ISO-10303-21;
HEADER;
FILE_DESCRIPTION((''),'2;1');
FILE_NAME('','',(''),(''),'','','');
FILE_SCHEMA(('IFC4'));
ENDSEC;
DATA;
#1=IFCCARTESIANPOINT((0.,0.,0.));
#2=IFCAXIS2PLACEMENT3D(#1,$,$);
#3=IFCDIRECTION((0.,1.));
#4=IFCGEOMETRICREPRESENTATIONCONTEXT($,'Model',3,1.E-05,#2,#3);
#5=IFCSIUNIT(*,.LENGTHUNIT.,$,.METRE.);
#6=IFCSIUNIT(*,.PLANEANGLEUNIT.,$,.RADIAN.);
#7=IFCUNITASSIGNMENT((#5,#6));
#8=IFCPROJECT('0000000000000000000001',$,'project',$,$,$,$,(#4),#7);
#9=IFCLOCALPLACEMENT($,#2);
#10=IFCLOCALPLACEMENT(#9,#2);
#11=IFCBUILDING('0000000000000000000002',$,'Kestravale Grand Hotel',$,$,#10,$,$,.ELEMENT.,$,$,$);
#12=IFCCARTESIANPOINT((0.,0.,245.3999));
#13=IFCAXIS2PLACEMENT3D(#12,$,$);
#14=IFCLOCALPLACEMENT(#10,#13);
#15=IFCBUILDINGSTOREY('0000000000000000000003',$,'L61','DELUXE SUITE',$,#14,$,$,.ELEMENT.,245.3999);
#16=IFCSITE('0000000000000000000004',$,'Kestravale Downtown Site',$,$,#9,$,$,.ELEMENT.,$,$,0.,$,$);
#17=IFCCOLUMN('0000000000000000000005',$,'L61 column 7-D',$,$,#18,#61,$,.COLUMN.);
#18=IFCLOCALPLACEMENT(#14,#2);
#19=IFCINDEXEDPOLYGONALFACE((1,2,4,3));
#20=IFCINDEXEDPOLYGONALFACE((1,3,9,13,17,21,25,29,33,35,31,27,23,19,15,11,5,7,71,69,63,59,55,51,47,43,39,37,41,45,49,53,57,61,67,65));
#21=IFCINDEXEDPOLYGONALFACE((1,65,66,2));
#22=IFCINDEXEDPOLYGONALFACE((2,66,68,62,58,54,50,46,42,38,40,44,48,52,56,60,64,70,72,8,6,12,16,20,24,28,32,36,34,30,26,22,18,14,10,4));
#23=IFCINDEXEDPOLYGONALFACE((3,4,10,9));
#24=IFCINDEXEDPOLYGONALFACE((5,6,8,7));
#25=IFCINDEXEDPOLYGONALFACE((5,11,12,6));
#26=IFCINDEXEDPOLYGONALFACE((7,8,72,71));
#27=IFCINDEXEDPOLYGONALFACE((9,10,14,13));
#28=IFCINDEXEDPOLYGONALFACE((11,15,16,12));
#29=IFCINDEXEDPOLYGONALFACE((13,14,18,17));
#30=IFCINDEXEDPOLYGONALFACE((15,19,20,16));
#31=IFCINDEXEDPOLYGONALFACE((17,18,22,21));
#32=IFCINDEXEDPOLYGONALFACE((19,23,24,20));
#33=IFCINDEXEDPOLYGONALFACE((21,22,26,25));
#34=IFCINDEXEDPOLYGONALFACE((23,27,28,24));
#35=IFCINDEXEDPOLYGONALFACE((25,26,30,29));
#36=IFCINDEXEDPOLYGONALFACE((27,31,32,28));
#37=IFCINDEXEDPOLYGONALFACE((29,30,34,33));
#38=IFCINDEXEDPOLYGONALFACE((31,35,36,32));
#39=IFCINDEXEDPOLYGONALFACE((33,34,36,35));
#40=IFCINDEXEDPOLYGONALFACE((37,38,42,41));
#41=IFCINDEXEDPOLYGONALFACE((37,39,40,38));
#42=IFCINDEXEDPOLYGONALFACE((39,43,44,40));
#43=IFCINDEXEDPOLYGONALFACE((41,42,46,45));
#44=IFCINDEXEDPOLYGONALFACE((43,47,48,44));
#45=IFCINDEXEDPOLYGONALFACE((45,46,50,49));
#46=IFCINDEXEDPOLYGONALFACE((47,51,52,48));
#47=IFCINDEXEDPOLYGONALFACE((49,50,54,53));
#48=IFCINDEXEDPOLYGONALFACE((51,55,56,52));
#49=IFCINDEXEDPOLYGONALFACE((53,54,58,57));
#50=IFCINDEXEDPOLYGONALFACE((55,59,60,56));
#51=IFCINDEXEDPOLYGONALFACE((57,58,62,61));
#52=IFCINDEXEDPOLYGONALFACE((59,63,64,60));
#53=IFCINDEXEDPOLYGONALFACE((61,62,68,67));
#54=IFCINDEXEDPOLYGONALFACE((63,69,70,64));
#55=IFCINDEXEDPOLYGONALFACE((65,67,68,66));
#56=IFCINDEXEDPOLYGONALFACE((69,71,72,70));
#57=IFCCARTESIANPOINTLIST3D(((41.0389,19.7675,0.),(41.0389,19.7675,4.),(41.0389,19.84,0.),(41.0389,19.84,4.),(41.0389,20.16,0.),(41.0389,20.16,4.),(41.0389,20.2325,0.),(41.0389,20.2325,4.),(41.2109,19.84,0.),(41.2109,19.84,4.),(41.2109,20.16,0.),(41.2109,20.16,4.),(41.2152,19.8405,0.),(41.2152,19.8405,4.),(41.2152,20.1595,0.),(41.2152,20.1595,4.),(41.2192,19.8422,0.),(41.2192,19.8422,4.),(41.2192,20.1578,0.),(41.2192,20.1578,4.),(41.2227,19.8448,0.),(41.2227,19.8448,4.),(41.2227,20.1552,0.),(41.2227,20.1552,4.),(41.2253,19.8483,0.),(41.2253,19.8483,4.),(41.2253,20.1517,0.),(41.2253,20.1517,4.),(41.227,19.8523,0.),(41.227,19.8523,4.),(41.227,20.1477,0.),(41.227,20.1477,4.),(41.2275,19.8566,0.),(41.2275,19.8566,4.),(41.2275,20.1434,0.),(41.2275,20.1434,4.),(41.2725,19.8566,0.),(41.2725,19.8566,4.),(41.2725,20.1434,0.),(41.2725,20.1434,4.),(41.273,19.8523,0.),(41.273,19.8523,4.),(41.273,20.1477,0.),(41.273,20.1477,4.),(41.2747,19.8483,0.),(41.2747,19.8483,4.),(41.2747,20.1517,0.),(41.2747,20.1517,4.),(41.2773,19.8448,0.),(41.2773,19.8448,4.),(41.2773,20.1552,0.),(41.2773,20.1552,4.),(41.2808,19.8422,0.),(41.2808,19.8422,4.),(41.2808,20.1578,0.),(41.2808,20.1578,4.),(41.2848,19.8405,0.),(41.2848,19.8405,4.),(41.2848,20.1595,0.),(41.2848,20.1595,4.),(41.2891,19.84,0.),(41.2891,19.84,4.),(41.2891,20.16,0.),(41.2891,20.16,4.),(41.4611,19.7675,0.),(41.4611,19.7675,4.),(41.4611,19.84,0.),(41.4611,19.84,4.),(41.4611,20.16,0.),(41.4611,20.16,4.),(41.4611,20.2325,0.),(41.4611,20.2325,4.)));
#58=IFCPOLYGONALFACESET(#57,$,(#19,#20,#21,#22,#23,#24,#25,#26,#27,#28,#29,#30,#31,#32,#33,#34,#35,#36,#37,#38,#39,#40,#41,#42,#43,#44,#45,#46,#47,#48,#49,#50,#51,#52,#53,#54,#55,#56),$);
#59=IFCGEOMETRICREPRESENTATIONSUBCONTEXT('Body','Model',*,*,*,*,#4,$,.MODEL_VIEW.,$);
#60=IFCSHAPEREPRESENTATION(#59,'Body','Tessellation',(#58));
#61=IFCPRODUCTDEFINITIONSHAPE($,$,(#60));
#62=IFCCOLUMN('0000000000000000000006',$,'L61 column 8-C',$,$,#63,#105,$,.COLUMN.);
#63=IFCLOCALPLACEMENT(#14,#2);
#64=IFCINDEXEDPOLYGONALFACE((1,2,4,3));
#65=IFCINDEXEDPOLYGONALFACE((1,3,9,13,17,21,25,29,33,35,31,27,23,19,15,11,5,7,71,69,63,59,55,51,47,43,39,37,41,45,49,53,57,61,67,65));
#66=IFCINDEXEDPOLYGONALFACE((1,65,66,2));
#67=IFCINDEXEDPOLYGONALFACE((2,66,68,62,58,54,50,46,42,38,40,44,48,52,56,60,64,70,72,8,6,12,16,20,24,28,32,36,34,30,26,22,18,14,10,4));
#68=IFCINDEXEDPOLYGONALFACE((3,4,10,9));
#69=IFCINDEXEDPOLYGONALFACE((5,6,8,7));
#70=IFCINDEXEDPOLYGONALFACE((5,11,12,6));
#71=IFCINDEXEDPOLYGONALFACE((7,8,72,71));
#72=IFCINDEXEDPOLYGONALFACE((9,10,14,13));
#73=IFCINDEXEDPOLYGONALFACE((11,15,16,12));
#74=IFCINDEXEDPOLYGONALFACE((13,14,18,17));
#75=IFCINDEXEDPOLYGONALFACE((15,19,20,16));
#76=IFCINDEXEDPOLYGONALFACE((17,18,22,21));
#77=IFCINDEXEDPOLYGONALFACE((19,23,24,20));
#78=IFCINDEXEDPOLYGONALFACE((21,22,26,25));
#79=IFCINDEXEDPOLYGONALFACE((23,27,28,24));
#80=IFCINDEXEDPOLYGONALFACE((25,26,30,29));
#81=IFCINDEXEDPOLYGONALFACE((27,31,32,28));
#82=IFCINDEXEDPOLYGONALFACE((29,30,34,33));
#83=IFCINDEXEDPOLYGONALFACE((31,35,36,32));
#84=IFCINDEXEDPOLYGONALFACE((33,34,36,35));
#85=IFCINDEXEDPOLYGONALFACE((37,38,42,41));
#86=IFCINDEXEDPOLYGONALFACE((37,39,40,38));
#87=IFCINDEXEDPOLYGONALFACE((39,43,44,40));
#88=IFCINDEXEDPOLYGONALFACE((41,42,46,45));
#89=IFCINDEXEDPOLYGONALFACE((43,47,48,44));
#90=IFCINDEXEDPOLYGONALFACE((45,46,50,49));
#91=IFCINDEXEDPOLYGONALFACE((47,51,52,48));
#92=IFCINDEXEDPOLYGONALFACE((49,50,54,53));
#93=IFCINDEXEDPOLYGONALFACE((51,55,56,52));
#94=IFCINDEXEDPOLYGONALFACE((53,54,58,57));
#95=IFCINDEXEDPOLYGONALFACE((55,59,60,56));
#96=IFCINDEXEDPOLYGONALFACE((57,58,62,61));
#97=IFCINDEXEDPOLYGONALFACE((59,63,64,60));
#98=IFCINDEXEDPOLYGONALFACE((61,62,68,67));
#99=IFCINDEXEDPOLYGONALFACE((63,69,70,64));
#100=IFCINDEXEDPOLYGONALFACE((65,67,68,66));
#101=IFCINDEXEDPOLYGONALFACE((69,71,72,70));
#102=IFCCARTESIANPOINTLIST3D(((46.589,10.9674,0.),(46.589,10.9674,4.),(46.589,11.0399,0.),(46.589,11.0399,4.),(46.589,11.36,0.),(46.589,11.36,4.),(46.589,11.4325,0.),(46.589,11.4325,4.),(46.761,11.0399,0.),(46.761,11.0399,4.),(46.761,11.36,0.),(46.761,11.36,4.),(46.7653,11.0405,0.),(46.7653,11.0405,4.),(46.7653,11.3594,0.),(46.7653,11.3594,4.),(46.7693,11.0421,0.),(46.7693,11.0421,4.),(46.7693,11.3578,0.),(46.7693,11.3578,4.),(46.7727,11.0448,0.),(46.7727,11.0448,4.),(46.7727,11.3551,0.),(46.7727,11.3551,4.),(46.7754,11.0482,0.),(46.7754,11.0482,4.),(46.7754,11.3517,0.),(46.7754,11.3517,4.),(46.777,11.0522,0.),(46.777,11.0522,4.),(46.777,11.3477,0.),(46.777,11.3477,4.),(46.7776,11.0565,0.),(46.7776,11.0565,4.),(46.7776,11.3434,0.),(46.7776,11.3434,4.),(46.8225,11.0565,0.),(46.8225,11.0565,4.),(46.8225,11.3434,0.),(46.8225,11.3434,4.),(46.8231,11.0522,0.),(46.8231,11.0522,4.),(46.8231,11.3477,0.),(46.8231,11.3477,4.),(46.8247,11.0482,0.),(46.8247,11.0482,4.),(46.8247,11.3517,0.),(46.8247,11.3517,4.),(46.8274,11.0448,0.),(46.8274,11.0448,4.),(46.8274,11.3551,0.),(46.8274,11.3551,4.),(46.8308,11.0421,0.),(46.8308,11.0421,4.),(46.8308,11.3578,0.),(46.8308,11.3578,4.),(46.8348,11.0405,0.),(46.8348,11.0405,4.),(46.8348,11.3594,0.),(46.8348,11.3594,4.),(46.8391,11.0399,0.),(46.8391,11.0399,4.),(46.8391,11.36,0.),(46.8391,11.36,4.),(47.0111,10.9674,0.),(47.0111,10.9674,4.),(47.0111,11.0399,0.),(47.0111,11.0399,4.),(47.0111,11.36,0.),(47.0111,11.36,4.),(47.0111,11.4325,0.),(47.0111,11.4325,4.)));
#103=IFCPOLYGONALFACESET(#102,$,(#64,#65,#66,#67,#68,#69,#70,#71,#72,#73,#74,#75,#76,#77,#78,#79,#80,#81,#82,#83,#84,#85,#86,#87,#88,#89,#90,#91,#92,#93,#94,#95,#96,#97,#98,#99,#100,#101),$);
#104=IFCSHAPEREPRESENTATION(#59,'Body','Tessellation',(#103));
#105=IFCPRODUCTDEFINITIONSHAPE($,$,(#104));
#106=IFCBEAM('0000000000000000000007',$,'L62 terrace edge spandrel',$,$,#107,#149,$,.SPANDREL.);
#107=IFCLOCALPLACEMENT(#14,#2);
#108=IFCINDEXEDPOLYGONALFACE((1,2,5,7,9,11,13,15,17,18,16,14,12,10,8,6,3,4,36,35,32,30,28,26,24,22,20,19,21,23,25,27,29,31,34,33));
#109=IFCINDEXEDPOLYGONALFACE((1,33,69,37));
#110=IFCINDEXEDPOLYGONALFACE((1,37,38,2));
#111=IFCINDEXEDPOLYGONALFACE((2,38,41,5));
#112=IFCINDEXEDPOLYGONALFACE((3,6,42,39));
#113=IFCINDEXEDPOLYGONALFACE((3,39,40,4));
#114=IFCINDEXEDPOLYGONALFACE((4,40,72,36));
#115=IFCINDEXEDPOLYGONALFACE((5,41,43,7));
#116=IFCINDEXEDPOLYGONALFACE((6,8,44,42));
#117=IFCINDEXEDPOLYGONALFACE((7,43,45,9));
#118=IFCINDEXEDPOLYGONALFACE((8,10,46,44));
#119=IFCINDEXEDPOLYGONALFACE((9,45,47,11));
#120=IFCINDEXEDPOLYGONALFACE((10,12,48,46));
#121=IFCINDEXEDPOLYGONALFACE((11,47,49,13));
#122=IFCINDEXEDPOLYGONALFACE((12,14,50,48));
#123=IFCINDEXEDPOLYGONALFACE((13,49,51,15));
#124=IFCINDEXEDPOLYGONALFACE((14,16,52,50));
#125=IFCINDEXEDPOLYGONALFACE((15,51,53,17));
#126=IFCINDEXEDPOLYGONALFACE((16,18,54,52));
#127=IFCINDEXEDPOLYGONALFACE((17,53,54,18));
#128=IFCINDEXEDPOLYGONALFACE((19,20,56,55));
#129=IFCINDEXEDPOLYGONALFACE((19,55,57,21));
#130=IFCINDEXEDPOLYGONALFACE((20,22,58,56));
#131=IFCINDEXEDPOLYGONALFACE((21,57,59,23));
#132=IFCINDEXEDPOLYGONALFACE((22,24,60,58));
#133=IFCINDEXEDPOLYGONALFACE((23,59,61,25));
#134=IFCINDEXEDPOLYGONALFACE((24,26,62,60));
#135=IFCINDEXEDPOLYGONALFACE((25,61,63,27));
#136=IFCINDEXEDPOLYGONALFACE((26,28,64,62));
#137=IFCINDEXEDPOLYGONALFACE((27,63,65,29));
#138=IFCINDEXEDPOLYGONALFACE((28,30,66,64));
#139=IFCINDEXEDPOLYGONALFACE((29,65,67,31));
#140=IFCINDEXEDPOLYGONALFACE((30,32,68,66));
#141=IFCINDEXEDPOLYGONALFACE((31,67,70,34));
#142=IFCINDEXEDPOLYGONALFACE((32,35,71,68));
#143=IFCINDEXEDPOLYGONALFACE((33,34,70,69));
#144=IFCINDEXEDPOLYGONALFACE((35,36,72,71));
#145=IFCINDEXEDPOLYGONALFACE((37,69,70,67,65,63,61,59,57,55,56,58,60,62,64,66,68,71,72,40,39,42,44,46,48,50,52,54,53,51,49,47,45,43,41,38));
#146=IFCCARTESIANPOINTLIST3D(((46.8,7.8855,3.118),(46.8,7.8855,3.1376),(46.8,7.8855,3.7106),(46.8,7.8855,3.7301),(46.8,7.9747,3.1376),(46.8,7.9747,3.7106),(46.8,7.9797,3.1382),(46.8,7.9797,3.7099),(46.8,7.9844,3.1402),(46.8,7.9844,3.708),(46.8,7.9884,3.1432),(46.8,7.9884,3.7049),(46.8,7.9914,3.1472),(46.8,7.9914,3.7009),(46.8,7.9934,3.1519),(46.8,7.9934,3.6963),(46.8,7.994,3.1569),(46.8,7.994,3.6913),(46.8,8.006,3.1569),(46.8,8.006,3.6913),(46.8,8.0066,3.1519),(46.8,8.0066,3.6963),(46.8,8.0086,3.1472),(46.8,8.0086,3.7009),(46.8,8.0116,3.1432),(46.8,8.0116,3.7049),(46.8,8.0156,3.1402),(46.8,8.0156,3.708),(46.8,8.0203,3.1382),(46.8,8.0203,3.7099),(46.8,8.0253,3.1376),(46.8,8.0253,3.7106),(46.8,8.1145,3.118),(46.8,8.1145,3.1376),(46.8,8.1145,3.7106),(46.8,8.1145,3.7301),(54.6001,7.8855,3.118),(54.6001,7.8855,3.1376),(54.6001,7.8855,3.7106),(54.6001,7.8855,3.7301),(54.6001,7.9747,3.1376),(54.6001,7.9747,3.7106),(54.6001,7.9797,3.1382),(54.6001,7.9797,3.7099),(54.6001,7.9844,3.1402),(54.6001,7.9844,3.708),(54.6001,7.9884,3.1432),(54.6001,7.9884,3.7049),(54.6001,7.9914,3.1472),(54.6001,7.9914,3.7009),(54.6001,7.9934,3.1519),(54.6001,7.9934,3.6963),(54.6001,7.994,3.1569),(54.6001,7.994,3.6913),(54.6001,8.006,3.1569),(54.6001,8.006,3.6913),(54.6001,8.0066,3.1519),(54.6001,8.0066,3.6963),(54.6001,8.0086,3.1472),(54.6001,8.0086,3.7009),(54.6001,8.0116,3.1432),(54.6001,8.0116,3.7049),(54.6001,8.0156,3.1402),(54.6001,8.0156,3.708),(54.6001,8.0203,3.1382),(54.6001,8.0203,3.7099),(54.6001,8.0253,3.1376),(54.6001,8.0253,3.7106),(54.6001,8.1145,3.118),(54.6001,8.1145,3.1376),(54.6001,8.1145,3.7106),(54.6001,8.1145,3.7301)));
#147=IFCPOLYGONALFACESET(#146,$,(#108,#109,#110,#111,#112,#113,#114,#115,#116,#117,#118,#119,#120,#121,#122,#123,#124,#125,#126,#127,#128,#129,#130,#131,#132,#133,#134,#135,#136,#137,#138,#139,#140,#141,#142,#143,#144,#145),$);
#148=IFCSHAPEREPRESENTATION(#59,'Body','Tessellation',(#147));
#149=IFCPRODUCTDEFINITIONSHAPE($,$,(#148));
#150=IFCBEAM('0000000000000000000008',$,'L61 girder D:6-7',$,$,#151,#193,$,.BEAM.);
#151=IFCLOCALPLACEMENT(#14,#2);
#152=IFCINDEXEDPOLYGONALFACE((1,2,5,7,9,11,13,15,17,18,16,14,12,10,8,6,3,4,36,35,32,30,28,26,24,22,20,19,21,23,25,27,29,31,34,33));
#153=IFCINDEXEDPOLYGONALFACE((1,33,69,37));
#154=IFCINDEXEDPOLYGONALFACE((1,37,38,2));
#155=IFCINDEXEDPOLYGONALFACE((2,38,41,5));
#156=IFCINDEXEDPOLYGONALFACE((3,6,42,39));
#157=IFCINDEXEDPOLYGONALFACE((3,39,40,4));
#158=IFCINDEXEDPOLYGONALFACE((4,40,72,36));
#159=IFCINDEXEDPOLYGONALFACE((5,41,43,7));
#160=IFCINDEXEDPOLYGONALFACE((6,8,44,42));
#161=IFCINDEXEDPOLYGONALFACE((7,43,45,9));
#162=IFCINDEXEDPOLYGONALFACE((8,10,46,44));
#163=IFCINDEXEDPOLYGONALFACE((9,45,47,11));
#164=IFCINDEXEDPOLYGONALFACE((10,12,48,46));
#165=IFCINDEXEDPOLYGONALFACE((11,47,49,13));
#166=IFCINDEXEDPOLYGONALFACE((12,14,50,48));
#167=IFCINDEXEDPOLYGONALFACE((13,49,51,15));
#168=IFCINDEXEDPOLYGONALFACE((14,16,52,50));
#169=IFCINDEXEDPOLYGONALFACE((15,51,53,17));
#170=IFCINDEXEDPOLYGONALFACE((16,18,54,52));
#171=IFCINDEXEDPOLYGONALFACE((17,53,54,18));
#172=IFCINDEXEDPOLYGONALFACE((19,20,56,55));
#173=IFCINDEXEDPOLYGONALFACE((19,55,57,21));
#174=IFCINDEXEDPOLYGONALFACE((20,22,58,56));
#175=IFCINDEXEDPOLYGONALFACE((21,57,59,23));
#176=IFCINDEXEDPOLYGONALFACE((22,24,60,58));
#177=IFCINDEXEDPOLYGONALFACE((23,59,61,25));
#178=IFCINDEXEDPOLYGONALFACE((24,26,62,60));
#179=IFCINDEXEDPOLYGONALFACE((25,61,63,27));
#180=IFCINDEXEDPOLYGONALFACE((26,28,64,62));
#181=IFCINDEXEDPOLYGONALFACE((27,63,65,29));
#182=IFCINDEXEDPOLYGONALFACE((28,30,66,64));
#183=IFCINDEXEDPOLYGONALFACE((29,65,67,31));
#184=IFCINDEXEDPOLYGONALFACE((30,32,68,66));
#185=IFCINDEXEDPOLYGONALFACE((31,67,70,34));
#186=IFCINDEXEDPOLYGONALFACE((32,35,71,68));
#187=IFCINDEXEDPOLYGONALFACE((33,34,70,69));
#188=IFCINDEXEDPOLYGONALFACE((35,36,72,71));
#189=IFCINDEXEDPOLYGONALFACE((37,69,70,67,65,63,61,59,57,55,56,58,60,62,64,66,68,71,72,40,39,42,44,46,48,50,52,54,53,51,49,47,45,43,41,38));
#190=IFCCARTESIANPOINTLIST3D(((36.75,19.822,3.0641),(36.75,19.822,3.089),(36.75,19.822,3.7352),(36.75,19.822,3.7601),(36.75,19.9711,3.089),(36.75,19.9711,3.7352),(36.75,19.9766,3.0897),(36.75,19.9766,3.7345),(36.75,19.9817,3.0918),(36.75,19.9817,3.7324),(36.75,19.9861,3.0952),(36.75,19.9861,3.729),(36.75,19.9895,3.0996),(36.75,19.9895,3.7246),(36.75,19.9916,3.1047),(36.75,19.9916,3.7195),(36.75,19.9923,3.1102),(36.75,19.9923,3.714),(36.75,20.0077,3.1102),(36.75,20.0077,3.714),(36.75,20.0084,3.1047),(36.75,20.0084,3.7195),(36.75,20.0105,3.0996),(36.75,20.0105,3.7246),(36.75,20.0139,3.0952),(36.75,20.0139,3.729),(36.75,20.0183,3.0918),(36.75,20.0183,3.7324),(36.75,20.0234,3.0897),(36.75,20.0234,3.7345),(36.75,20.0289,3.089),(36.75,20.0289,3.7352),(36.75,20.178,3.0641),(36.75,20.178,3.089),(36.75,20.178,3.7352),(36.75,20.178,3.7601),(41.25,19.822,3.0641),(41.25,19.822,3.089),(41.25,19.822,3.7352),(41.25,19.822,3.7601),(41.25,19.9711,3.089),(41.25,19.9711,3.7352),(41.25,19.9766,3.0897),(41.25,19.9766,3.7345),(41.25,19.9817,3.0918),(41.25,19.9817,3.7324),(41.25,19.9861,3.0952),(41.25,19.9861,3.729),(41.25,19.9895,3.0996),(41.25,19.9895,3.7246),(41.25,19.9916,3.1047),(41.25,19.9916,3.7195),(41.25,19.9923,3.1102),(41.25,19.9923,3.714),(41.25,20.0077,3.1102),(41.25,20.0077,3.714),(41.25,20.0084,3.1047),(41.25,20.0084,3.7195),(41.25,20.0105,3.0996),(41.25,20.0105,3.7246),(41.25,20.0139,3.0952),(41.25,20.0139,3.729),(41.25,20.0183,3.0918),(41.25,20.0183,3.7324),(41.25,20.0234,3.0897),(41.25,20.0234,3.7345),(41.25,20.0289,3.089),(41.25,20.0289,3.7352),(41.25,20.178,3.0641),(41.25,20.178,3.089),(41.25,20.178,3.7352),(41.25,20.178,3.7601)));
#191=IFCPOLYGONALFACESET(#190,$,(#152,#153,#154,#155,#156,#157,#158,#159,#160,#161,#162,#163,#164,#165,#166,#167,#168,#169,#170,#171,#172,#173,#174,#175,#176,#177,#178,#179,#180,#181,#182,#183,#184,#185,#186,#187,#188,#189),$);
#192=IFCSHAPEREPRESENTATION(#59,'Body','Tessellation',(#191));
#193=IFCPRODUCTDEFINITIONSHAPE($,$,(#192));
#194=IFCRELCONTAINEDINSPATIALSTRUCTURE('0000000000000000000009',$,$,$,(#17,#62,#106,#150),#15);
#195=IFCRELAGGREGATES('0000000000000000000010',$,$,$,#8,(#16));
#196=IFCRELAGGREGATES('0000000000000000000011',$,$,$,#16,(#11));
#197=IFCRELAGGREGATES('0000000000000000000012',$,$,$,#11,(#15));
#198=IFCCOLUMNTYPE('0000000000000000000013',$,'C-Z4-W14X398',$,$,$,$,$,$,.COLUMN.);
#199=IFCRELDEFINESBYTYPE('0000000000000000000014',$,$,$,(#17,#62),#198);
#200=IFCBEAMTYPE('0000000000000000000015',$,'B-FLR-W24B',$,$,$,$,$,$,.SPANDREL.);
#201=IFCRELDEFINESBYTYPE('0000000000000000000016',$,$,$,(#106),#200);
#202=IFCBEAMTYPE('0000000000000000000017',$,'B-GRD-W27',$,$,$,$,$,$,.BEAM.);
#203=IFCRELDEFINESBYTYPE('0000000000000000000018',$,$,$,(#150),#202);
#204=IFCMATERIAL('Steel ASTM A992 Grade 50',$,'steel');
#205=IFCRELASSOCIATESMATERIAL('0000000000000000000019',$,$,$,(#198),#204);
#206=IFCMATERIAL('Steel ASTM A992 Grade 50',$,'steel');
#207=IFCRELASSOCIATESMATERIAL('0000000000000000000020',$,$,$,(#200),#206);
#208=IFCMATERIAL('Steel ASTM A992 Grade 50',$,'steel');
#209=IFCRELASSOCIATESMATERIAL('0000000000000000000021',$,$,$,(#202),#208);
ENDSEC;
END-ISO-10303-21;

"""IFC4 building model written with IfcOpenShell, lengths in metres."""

from ifc_helpers import new_model, si_unit, direction, frame, origin, origin_2d, place, context, subcontext, project, spatial, i_section, extrude, material, material_profile, profile_set, type_object, element, save


model = new_model("IFC4")

# Units and contexts
model_context = context("Model", 3, precision=1e-05, world=origin(), true_north=direction((0.0, 1.0)))
body_context = subcontext(model_context, "Body", "Model", "MODEL_VIEW")
ifc_project = project(units=[si_unit("LENGTHUNIT", "METRE"), si_unit("PLANEANGLEUNIT", "RADIAN")], contexts=[model_context])

# Site, building, storey
site_placement = place(None, origin())
site = spatial("IfcSite", under=ifc_project, at=site_placement, Name="Kestravale Downtown Site", CompositionType="ELEMENT", RefElevation=0.0)
building_placement = place(site_placement, origin())
building = spatial("IfcBuilding", under=site, at=building_placement, Name="Kestravale Grand Hotel", CompositionType="ELEMENT")
storey_placement = place(building_placement, frame((0.0, 0.0, 245.3999)))
storey = spatial("IfcBuildingStorey", under=building, at=storey_placement, Name="L61", Description="DELUXE SUITE", CompositionType="ELEMENT", Elevation=245.3999)

# Columns
ifc_material_1 = material(Name="Steel ASTM A992 Grade 50", Category="steel")
ifc_material_profile_1 = material_profile(ifc_material_1, i_section(OverallWidth=0.4221, OverallDepth=0.4651, WebThickness=0.0449, FlangeThickness=0.0725, FilletRadius=0.0166, at=origin_2d()))
ifc_profile_set_1 = profile_set([ifc_material_profile_1], Name="Steel ASTM A992 Grade 50")
column_type = type_object("IfcColumnType", Name="C-Z4-W14X398", PredefinedType="COLUMN", material=ifc_profile_set_1)
for number, where, z_axis, x_axis, name in (
    (1, (41.25, 20.0, 0.0), (0.0, 0.0, 1.0), (1.0, 0.0, 0.0), "L61 column 7-D"),
    (2, (46.8, 11.2, 0.0), (0.0, 0.0, 1.0), (1.0, 0.0, 0.0), "L61 column 8-C"),
):
    element("IfcColumn", number, at=place(storey_placement, frame(where, z_axis=z_axis, x_axis=x_axis)), inside=storey, type_object=column_type, Name=name, PredefinedType="COLUMN", context=body_context, shape_type="SweptSolid", body=[
        extrude(i_section(OverallWidth=0.4221, OverallDepth=0.4651, WebThickness=0.0449, FlangeThickness=0.0725, FilletRadius=0.0166, at=origin_2d()), origin(), (0.0, 0.0, 1.0), 4.0),
    ])

# Beams
ifc_material_2 = material(Name="Steel ASTM A992 Grade 50", Category="steel")
ifc_material_profile_2 = material_profile(ifc_material_2, i_section(OverallWidth=0.229, OverallDepth=0.6121, WebThickness=0.012, FlangeThickness=0.0195, FilletRadius=0.0193, at=origin_2d()))
ifc_profile_set_2 = profile_set([ifc_material_profile_2], Name="Steel ASTM A992 Grade 50")
beam_type_1 = type_object("IfcBeamType", Name="B-FLR-W24B", PredefinedType="SPANDREL", material=ifc_profile_set_2)
beam_1_placement = place(storey_placement, frame((46.8, 8.0, 3.4241), z_axis=(1.0, 0.0, 0.0), x_axis=(0.0, 1.0, 0.0)))
element("IfcBeam", 3, at=beam_1_placement, inside=storey, type_object=beam_type_1, Name="L62 terrace edge spandrel", PredefinedType="SPANDREL", context=body_context, shape_type="SweptSolid", body=[
    extrude(i_section(OverallWidth=0.229, OverallDepth=0.6121, WebThickness=0.012, FlangeThickness=0.0195, FilletRadius=0.0193, at=origin_2d()), origin(), (0.0, 0.0, 1.0), 7.8),
])
ifc_material_3 = material(Name="Steel ASTM A992 Grade 50", Category="steel")
ifc_material_profile_3 = material_profile(ifc_material_3, i_section(OverallWidth=0.356, OverallDepth=0.696, WebThickness=0.0154, FlangeThickness=0.0249, FilletRadius=0.0212, at=origin_2d()))
ifc_profile_set_3 = profile_set([ifc_material_profile_3], Name="Steel ASTM A992 Grade 50")
beam_type_2 = type_object("IfcBeamType", Name="B-GRD-W27", PredefinedType="BEAM", material=ifc_profile_set_3)
beam_2_placement = place(storey_placement, frame((36.75, 20.0, 3.4121), z_axis=(1.0, 0.0, 0.0), x_axis=(0.0, 1.0, 0.0)))
element("IfcBeam", 4, at=beam_2_placement, inside=storey, type_object=beam_type_2, Name="L61 girder D:6-7", PredefinedType="BEAM", context=body_context, shape_type="SweptSolid", body=[
    extrude(i_section(OverallWidth=0.356, OverallDepth=0.696, WebThickness=0.0154, FlangeThickness=0.0249, FilletRadius=0.0212, at=origin_2d()), origin(), (0.0, 0.0, 1.0), 4.5),
])

save(model, "model.ifc")
